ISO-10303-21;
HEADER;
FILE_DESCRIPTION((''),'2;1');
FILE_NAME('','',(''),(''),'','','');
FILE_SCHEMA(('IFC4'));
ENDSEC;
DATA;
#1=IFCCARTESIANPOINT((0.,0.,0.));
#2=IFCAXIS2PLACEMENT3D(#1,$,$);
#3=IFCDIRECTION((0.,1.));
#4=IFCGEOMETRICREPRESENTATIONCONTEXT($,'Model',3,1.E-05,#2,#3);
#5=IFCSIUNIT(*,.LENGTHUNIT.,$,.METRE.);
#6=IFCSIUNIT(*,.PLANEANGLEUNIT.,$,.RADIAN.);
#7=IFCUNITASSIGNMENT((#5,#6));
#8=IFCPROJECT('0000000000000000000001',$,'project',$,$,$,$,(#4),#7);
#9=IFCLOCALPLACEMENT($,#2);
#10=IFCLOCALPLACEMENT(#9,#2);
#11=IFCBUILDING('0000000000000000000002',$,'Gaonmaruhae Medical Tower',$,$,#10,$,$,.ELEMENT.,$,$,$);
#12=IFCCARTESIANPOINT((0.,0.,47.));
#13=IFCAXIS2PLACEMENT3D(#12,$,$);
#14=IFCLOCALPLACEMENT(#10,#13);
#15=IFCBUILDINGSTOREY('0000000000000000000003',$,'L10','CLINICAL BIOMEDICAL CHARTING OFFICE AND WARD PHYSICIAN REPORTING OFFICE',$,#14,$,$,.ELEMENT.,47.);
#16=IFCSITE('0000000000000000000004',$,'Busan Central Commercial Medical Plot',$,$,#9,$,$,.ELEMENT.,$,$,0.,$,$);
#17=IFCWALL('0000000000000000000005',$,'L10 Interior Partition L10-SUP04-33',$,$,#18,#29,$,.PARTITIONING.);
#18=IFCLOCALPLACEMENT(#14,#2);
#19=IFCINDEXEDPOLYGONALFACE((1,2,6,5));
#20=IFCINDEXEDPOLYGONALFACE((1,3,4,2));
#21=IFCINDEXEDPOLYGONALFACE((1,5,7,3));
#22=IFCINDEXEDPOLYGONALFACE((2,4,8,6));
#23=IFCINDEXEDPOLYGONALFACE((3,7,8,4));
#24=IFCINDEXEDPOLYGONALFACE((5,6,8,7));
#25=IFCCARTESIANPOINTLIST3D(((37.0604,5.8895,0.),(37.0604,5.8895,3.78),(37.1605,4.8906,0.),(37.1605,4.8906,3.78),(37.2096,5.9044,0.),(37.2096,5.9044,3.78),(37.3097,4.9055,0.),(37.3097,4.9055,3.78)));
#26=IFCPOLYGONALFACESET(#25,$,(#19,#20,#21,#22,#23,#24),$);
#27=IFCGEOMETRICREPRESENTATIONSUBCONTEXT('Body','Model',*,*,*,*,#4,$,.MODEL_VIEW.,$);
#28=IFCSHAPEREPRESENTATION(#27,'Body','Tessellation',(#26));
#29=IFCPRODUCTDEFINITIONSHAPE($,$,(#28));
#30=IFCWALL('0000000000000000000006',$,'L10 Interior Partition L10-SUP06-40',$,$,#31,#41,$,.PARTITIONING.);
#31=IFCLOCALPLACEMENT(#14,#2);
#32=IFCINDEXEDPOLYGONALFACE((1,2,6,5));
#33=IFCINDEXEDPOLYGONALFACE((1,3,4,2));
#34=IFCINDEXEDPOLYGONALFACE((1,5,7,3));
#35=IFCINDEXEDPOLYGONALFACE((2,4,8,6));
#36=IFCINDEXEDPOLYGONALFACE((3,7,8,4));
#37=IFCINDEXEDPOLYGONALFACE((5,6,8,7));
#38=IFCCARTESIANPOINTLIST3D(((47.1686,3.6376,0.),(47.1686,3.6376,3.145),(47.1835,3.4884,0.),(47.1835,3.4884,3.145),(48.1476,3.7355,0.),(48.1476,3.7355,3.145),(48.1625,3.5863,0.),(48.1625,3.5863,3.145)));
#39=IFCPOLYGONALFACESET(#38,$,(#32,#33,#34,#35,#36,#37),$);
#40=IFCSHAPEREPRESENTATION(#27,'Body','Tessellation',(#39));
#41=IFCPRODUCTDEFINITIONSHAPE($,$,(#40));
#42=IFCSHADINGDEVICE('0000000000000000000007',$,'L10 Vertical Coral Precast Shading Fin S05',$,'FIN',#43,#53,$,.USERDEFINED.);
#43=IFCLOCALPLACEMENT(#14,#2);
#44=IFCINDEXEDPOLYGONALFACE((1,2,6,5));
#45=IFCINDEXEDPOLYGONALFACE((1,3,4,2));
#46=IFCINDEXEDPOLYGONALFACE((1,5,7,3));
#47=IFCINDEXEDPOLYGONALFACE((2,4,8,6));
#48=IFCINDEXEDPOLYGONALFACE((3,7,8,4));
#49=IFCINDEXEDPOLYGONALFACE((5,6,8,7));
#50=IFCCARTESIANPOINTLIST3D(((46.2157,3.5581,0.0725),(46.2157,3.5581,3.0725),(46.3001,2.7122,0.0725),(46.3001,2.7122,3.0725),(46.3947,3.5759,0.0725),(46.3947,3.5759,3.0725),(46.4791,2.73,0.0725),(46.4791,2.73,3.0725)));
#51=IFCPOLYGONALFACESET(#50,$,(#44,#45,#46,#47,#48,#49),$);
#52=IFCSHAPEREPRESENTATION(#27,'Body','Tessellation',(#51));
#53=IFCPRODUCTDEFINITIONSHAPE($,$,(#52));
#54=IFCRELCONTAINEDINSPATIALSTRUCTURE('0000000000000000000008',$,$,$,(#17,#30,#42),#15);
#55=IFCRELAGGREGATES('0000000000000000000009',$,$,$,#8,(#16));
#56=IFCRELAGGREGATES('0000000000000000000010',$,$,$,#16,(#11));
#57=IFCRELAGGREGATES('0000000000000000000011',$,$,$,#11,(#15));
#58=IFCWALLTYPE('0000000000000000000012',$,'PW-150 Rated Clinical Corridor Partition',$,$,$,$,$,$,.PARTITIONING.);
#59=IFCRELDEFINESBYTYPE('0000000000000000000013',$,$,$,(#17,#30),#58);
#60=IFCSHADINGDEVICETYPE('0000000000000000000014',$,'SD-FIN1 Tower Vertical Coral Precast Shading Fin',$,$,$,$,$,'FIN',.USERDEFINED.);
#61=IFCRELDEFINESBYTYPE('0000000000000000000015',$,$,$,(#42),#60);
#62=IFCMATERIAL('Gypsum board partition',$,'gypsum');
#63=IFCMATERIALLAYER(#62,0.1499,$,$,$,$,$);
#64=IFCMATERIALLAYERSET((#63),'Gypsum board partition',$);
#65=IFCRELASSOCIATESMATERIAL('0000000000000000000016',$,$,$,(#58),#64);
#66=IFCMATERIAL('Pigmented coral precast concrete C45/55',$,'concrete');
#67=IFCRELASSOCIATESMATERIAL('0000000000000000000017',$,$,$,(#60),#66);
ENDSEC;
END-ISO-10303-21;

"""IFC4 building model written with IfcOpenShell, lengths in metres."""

from ifc_helpers import new_model, si_unit, direction, frame, frame_2d, origin, origin_2d, place, context, subcontext, project, spatial, rectangle, extrude, material, layer, layer_set, type_object, element, save


model = new_model("IFC4")

# Units and contexts
model_context = context("Model", 3, precision=1e-05, world=origin(), true_north=direction((0.0, 1.0)))
body_context = subcontext(model_context, "Body", "Model", "MODEL_VIEW")
ifc_project = project(units=[si_unit("LENGTHUNIT", "METRE"), si_unit("PLANEANGLEUNIT", "RADIAN")], contexts=[model_context])

# Site, building, storey
site_placement = place(None, origin())
site = spatial("IfcSite", under=ifc_project, at=site_placement, Name="Busan Central Commercial Medical Plot", CompositionType="ELEMENT", RefElevation=0.0)
building_placement = place(site_placement, origin())
building = spatial("IfcBuilding", under=site, at=building_placement, Name="Gaonmaruhae Medical Tower", CompositionType="ELEMENT")
storey_placement = place(building_placement, frame((0.0, 0.0, 47.0)))
storey = spatial("IfcBuildingStorey", under=building, at=storey_placement, Name="L10", Description="CLINICAL BIOMEDICAL CHARTING OFFICE AND WARD PHYSICIAN REPORTING OFFICE", CompositionType="ELEMENT", Elevation=47.0)

# Walls
ifc_material_1 = material(Name="Gypsum board partition", Category="gypsum")
ifc_layer_1 = layer(ifc_material_1, 0.1499)
ifc_layer_set_1 = layer_set([ifc_layer_1], Name="Gypsum board partition")
wall_type_1 = type_object("IfcWallType", Name="PW-150 Rated Clinical Corridor Partition", PredefinedType="PARTITIONING", material=ifc_layer_set_1)
wall_1_placement = place(storey_placement, frame((37.135, 5.897, 0.0), z_axis=(0.0, 0.0, 1.0), x_axis=(0.099696, -0.995018, 0.0)))
element("IfcWall", 1, at=wall_1_placement, inside=storey, type_object=wall_type_1, Name="L10 Interior Partition L10-SUP04-33", PredefinedType="PARTITIONING", context=body_context, shape_type="SweptSolid", body=[
    extrude(rectangle(XDim=1.0039, YDim=0.1499, at=frame_2d((0.502, 0.0))), origin(), (0.0, 0.0, 1.0), 3.78),
])
wall_2_placement = place(storey_placement, frame((48.155, 3.6609, 0.0), z_axis=(0.0, 0.0, 1.0), x_axis=(-0.995037, -0.099504, 0.0)))
element("IfcWall", 2, at=wall_2_placement, inside=storey, type_object=wall_type_1, Name="L10 Interior Partition L10-SUP06-40", PredefinedType="PARTITIONING", context=body_context, shape_type="SweptSolid", body=[
    extrude(rectangle(XDim=0.9839, YDim=0.1499, at=frame_2d((0.4919, 0.0))), origin(), (0.0, 0.0, 1.0), 3.145),
])

# Shading device
ifc_material_2 = material(Name="Pigmented coral precast concrete C45/55", Category="concrete")
shading_device_type = type_object("IfcShadingDeviceType", Name="SD-FIN1 Tower Vertical Coral Precast Shading Fin", ElementType="FIN", PredefinedType="USERDEFINED", material=ifc_material_2)
shading_device_placement = place(storey_placement, frame((46.3474, 3.144, 0.0725), z_axis=(0.0, 0.0, 1.0), x_axis=(-0.995056, -0.09932, 0.0)))
element("IfcShadingDevice", 3, at=shading_device_placement, inside=storey, type_object=shading_device_type, Name="L10 Vertical Coral Precast Shading Fin S05", ObjectType="FIN", PredefinedType="USERDEFINED", context=body_context, shape_type="SweptSolid", body=[
    extrude(rectangle(XDim=0.1799, YDim=0.8501, at=origin_2d()), origin(), (0.0, 0.0, 1.0), 3.0),
])

save(model, "model.ifc")
